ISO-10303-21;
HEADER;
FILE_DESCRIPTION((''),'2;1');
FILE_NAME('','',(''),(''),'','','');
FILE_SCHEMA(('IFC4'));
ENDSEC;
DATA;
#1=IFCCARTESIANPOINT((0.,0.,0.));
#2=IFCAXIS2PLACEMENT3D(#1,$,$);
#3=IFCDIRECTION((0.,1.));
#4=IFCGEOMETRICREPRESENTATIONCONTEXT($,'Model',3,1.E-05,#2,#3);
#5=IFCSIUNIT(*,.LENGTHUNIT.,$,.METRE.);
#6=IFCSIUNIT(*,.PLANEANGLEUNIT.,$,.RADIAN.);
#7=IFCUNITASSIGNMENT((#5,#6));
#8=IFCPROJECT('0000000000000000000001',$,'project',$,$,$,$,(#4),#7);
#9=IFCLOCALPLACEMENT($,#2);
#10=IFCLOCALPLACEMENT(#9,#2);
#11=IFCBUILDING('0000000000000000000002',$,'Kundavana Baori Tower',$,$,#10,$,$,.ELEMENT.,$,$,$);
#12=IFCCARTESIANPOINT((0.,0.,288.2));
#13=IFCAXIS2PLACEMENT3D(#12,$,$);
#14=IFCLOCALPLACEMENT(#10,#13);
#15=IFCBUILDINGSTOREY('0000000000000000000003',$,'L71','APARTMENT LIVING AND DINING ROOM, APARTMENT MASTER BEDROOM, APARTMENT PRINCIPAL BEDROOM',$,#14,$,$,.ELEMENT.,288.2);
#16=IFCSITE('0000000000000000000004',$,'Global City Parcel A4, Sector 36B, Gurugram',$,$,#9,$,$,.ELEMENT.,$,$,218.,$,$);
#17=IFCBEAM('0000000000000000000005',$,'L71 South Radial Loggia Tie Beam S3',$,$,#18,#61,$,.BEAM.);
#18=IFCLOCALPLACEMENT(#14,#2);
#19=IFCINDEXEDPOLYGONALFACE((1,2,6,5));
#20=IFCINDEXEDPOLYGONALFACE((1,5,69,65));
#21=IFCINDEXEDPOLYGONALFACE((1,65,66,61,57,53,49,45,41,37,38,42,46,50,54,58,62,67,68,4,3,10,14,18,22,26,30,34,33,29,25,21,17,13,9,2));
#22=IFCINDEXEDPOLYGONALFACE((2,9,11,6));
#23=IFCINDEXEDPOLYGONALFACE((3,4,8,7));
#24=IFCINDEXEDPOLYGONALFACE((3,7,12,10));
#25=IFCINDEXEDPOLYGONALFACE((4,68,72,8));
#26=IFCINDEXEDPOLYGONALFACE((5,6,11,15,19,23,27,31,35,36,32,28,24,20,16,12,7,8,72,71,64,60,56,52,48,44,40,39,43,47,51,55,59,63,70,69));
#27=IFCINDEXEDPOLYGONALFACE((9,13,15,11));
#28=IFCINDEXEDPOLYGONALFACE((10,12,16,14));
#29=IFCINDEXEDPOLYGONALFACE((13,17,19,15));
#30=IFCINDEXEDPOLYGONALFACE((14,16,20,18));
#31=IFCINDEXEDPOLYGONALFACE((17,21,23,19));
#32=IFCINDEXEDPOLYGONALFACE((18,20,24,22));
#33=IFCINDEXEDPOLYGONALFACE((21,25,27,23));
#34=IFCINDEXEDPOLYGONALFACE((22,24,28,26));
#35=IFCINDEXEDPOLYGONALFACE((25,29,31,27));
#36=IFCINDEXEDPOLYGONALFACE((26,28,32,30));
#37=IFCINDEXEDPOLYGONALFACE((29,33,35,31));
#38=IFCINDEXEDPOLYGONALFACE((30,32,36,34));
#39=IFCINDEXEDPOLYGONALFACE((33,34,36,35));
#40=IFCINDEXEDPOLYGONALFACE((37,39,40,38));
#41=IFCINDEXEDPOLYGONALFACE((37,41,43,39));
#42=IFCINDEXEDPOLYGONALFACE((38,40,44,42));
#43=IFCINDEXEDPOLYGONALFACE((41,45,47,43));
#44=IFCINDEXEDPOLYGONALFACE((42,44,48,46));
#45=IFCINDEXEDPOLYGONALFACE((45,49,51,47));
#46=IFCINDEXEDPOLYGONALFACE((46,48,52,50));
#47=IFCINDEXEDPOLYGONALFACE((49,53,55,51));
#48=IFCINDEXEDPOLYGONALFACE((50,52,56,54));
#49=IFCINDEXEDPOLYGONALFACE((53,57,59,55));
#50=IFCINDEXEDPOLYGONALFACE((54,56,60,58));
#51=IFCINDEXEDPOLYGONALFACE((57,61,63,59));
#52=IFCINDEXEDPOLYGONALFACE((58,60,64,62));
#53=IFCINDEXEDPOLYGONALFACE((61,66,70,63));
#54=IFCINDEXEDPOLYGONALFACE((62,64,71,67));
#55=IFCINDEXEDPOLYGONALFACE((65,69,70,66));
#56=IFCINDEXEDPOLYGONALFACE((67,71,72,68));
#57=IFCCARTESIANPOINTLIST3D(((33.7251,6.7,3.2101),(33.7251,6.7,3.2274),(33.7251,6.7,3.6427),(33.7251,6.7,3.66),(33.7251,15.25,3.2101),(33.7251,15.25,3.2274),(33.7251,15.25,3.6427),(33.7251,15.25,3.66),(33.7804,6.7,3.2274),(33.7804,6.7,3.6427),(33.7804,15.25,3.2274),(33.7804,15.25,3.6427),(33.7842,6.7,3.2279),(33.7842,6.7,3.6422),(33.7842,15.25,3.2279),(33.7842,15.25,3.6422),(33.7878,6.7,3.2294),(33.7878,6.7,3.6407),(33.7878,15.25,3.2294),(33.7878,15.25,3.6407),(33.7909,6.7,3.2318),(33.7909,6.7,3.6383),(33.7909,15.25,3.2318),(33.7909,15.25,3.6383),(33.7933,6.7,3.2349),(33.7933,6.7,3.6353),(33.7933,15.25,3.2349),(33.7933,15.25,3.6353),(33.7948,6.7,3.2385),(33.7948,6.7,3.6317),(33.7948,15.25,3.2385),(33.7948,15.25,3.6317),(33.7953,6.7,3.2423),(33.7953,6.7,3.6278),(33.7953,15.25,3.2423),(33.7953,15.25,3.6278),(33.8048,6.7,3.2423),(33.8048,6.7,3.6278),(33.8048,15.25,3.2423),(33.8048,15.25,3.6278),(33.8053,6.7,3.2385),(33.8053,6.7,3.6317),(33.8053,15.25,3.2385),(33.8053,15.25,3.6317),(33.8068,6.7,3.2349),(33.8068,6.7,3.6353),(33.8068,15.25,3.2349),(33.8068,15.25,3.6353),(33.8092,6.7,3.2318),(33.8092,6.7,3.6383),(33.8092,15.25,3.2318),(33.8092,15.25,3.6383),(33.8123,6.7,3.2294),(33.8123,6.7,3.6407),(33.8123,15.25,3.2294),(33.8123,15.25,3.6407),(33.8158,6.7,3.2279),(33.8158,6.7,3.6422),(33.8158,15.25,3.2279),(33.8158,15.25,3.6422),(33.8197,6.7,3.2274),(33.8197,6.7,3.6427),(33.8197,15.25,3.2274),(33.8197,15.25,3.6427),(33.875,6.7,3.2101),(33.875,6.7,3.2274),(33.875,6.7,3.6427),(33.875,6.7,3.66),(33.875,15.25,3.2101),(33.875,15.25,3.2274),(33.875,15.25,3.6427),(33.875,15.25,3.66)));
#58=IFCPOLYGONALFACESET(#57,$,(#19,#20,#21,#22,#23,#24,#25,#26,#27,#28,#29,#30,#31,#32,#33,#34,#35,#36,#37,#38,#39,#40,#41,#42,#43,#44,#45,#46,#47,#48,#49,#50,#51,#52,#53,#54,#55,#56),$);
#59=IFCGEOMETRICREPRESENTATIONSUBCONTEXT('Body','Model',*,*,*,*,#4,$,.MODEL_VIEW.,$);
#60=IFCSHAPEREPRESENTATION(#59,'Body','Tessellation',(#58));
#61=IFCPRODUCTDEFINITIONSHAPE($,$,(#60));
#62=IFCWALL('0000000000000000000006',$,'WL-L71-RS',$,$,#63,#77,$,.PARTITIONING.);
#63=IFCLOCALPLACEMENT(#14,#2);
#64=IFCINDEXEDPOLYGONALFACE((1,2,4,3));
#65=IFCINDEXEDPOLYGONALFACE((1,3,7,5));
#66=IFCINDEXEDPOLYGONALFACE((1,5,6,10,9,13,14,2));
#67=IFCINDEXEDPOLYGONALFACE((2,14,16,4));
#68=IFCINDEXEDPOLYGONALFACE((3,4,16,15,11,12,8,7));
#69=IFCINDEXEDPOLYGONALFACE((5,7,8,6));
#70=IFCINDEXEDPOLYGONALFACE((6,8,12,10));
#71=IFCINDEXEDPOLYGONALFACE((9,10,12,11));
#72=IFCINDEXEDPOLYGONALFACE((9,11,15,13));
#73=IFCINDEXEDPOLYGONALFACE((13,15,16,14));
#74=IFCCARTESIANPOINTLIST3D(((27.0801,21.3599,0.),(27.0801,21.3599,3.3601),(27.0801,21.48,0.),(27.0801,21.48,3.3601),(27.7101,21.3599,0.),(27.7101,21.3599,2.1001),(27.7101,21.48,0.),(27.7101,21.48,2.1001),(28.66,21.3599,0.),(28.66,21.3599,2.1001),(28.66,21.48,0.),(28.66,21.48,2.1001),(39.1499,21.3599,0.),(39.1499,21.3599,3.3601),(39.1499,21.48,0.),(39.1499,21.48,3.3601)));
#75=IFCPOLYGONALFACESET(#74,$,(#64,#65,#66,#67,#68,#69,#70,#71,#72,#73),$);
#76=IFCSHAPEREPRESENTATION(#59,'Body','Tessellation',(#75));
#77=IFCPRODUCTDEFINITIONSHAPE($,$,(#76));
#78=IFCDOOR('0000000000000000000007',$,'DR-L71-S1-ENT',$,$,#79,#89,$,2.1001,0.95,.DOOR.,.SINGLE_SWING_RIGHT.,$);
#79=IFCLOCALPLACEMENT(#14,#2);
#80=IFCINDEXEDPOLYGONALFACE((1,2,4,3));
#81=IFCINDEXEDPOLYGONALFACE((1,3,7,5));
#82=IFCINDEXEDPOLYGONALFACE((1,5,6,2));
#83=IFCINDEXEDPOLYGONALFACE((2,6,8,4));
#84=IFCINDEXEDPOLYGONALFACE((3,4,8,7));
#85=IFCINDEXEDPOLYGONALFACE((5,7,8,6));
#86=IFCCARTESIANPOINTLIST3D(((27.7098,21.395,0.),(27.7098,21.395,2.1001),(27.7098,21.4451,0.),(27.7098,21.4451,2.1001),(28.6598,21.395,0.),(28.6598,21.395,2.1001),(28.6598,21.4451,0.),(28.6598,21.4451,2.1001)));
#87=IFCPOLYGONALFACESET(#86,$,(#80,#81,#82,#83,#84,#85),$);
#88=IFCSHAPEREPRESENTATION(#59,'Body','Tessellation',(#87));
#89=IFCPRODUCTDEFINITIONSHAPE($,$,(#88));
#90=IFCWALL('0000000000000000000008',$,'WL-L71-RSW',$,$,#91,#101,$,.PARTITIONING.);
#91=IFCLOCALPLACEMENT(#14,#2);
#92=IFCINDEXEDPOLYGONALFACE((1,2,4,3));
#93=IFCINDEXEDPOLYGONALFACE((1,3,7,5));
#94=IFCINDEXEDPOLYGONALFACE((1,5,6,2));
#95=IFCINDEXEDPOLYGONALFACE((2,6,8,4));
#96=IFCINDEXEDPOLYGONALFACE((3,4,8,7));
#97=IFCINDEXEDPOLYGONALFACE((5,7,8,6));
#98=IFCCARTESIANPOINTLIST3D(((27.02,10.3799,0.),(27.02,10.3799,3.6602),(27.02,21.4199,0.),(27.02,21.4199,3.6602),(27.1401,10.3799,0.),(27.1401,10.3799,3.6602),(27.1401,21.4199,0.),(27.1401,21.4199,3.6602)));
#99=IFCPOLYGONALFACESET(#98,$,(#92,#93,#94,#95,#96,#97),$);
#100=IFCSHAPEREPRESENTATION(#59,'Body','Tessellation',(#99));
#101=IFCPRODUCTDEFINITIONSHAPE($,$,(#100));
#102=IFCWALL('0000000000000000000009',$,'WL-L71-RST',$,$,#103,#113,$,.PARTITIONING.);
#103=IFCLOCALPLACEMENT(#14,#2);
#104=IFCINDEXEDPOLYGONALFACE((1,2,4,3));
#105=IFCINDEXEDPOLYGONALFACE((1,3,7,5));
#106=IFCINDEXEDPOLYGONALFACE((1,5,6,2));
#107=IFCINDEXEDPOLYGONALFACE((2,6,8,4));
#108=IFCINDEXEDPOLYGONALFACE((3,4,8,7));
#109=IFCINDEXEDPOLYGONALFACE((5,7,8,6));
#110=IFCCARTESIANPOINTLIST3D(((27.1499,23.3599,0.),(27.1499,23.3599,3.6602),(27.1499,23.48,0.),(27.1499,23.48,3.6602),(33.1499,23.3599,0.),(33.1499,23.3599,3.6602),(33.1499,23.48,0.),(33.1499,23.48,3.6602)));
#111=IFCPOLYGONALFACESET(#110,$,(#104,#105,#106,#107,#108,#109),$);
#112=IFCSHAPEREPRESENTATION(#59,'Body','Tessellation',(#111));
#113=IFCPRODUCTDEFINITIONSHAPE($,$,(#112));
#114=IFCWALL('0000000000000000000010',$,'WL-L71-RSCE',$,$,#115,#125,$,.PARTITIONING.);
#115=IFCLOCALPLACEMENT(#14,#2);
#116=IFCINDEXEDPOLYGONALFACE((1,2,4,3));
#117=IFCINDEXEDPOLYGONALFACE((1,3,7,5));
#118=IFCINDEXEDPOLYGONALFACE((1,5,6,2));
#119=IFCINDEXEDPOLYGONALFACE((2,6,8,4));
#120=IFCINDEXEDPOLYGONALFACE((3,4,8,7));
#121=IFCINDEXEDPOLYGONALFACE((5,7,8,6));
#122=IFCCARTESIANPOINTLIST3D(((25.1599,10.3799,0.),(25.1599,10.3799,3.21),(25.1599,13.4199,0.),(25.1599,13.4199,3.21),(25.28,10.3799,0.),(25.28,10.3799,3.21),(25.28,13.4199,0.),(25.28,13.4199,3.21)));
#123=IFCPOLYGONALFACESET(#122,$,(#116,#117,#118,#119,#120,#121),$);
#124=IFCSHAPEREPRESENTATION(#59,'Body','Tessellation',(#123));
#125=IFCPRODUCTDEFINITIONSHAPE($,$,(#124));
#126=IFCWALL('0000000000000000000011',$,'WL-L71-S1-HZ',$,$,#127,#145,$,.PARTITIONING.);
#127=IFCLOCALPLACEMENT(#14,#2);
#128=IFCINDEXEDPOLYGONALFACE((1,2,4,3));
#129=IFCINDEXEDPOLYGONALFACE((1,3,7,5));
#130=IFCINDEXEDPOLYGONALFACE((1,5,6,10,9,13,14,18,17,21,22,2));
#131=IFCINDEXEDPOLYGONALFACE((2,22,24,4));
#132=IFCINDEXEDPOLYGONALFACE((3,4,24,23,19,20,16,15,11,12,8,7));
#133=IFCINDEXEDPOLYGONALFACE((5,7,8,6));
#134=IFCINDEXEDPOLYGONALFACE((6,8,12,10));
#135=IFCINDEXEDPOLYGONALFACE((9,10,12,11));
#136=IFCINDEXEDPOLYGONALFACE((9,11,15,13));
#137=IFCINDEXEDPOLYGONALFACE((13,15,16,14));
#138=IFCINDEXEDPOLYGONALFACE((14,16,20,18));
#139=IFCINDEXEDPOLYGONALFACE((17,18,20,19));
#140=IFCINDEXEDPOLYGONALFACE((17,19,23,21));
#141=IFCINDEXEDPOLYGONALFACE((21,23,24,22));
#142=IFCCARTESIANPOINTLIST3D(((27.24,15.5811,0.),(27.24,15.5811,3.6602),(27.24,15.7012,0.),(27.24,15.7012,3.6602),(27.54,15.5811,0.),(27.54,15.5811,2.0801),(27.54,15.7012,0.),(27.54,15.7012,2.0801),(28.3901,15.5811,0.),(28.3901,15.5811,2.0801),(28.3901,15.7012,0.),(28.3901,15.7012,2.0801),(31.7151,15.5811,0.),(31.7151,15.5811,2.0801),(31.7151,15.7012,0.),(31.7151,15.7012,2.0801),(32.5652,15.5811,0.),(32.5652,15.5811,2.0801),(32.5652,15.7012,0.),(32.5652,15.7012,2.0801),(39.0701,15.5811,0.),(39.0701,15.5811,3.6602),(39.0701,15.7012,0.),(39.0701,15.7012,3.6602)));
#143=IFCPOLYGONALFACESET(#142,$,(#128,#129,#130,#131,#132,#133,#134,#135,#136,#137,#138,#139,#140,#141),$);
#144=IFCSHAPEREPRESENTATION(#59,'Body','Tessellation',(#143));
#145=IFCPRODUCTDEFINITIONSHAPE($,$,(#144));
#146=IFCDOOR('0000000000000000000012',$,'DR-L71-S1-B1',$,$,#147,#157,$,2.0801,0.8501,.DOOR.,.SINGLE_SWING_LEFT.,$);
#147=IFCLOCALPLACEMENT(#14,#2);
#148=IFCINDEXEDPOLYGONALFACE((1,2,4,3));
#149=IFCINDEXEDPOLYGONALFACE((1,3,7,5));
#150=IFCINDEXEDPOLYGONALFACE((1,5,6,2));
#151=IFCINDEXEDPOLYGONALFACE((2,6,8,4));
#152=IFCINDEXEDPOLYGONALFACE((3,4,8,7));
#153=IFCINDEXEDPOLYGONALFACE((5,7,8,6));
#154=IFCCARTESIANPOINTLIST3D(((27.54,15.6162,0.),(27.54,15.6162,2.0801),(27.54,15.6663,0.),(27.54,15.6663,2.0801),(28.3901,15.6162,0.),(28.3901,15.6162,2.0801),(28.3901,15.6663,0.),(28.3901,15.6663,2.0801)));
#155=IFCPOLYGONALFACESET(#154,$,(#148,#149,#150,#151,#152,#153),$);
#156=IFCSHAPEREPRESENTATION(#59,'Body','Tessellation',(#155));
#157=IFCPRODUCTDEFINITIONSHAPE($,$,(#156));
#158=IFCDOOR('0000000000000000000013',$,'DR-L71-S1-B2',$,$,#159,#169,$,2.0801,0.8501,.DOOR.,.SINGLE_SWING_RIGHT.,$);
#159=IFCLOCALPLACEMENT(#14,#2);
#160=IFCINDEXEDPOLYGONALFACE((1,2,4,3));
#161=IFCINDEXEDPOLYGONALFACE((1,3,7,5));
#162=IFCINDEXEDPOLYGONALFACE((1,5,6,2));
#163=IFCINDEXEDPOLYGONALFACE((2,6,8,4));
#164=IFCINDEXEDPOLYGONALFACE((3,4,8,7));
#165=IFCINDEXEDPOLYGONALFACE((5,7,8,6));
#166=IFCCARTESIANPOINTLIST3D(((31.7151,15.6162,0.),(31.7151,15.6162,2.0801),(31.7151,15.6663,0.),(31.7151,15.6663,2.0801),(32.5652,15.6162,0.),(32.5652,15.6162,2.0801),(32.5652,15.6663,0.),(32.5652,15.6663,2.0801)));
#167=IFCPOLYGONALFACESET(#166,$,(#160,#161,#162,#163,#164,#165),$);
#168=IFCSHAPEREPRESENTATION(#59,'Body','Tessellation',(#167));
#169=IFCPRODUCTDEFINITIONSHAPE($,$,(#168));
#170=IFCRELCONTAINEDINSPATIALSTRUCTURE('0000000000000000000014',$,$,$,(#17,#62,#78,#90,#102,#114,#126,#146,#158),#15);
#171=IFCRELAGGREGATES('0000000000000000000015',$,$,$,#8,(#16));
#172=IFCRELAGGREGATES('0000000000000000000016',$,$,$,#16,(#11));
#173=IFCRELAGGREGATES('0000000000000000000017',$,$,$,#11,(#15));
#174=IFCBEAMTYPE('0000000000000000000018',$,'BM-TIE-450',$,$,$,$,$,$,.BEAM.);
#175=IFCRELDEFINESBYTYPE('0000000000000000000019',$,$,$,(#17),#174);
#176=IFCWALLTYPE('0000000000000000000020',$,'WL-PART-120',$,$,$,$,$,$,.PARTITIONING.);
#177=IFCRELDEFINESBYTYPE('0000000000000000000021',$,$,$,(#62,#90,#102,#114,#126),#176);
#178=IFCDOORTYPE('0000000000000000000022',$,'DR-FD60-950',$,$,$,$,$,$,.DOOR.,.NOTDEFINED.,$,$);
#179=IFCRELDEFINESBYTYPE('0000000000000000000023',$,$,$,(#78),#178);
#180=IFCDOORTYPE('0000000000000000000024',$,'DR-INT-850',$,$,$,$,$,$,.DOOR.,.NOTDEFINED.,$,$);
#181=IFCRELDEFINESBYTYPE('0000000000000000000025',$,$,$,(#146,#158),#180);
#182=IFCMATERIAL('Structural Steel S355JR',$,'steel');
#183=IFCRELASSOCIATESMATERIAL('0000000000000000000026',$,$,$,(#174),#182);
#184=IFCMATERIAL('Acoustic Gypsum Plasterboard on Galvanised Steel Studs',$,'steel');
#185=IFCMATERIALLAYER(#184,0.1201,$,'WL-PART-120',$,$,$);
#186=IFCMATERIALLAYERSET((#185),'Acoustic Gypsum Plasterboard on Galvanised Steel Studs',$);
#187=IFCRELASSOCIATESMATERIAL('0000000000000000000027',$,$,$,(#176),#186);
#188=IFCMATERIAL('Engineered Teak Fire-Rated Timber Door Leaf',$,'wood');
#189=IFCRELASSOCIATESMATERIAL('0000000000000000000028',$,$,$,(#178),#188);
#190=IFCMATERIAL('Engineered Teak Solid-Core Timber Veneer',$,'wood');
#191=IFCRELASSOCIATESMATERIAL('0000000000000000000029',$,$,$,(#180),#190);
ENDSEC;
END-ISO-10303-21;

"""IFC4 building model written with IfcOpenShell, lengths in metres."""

from ifc_helpers import new_model, si_unit, direction, frame, frame_2d, origin, origin_2d, place, context, subcontext, project, spatial, rectangle, i_section, extrude, material, layer, layer_set, material_profile, profile_set, type_object, element, fill, save


model = new_model("IFC4")

# Units and contexts
model_context = context("Model", 3, precision=1e-05, world=origin(), true_north=direction((0.0, 1.0)))
body_context = subcontext(model_context, "Body", "Model", "MODEL_VIEW")
ifc_project = project(units=[si_unit("LENGTHUNIT", "METRE"), si_unit("PLANEANGLEUNIT", "RADIAN")], contexts=[model_context])

# Site, building, storey
site_placement = place(None, origin())
site = spatial("IfcSite", under=ifc_project, at=site_placement, Name="Global City Parcel A4, Sector 36B, Gurugram", CompositionType="ELEMENT", RefElevation=218.0)
building_placement = place(site_placement, origin())
building = spatial("IfcBuilding", under=site, at=building_placement, Name="Kundavana Baori Tower", CompositionType="ELEMENT")
storey_placement = place(building_placement, frame((0.0, 0.0, 288.2)))
storey = spatial("IfcBuildingStorey", under=building, at=storey_placement, Name="L71", Description="APARTMENT LIVING AND DINING ROOM, APARTMENT MASTER BEDROOM, APARTMENT PRINCIPAL BEDROOM", CompositionType="ELEMENT", Elevation=288.2)

# Beam
ifc_material_1 = material(Name="Structural Steel S355JR", Category="steel")
ifc_material_profile_1 = material_profile(ifc_material_1, i_section(OverallWidth=0.1499, OverallDepth=0.45, WebThickness=0.0095, FlangeThickness=0.0173, FilletRadius=0.0149, at=origin_2d()), Name="ISMB 450")
ifc_profile_set_1 = profile_set([ifc_material_profile_1], Name="Structural Steel S355JR")
beam_type_1 = type_object("IfcBeamType", Name="BM-TIE-450", PredefinedType="BEAM", material=ifc_profile_set_1)
beam_1_placement = place(storey_placement, frame((33.8, 15.25, 3.4351), z_axis=(0.0, -1.0, 0.0), x_axis=(1.0, 0.0, 0.0)))
element("IfcBeam", 1, at=beam_1_placement, inside=storey, type_object=beam_type_1, Name="L71 South Radial Loggia Tie Beam S3", PredefinedType="BEAM", context=body_context, shape_type="SweptSolid", body=[
    extrude(i_section(OverallWidth=0.1499, OverallDepth=0.45, WebThickness=0.0095, FlangeThickness=0.0173, FilletRadius=0.0149, at=origin_2d()), origin(), (0.0, 0.0, 1.0), 8.55),
])

# Wall, opening, door
ifc_material_2 = material(Name="Acoustic Gypsum Plasterboard on Galvanised Steel Studs", Category="steel")
ifc_layer = layer(ifc_material_2, 0.1201, Name="WL-PART-120")
ifc_layer_set = layer_set([ifc_layer], Name="Acoustic Gypsum Plasterboard on Galvanised Steel Studs")
wall_type = type_object("IfcWallType", Name="WL-PART-120", PredefinedType="PARTITIONING", material=ifc_layer_set)
wall_1_placement = place(storey_placement, frame((27.0801, 21.4199, 0.0), z_axis=(0.0, 0.0, 1.0), x_axis=(1.0, 0.0, 0.0)))
wall_1 = element("IfcWall", 2, at=wall_1_placement, inside=storey, type_object=wall_type, Name="WL-L71-RS", PredefinedType="PARTITIONING", context=body_context, shape_type="SweptSolid", body=[
    extrude(rectangle(XDim=12.0698, YDim=0.1201, at=frame_2d((6.0349, 0.0))), origin(), (0.0, 0.0, 1.0), 3.3601),
])
opening_1_placement = place(wall_1_placement, frame((0.6299, 0.0, 0.0)))
opening_1 = element("IfcOpeningElement", 3, at=opening_1_placement, cuts=wall_1, PredefinedType="OPENING", context=body_context, shape_type="SweptSolid", body=[
    extrude(rectangle(XDim=0.95, YDim=2.1001, at=frame_2d((0.4751, 1.05))), frame((0.0, 0.0701, 0.0), z_axis=(0.0, -1.0, 0.0), x_axis=(1.0, 0.0, 0.0)), (0.0, 0.0, 1.0), 0.1401),
])
ifc_material_3 = material(Name="Engineered Teak Fire-Rated Timber Door Leaf", Category="wood")
door_type_1 = type_object("IfcDoorType", Name="DR-FD60-950", OperationType="NOTDEFINED", PredefinedType="DOOR", material=ifc_material_3)
door_1_placement = place(opening_1_placement, frame((0.95, 0.0, 0.0), z_axis=(0.0, 0.0, 1.0), x_axis=(-1.0, 0.0, 0.0)))
door_1 = element("IfcDoor", 4, at=door_1_placement, inside=storey, type_object=door_type_1, Name="DR-L71-S1-ENT", OperationType="SINGLE_SWING_RIGHT", OverallHeight=2.1001, OverallWidth=0.95, PredefinedType="DOOR", context=body_context, shape_type="SweptSolid", body=[
    extrude(rectangle(XDim=0.95, YDim=2.1001, at=frame_2d((0.4751, 1.05))), frame((0.0, 0.0249, 0.0), z_axis=(0.0, -1.0, 0.0), x_axis=(1.0, 0.0, 0.0)), (0.0, 0.0, 1.0), 0.05),
])
fill(opening_1, door_1)

# Walls
wall_2_placement = place(storey_placement, frame((27.0801, 10.3799, 0.0), z_axis=(0.0, 0.0, 1.0), x_axis=(0.0, 1.0, 0.0)))
element("IfcWall", 5, at=wall_2_placement, inside=storey, type_object=wall_type, Name="WL-L71-RSW", PredefinedType="PARTITIONING", context=body_context, shape_type="SweptSolid", body=[
    extrude(rectangle(XDim=11.04, YDim=0.1201, at=frame_2d((5.52, 0.0))), origin(), (0.0, 0.0, 1.0), 3.6602),
])
wall_3_placement = place(storey_placement, frame((27.1499, 23.4199, 0.0), z_axis=(0.0, 0.0, 1.0), x_axis=(1.0, 0.0, 0.0)))
element("IfcWall", 6, at=wall_3_placement, inside=storey, type_object=wall_type, Name="WL-L71-RST", PredefinedType="PARTITIONING", context=body_context, shape_type="SweptSolid", body=[
    extrude(rectangle(XDim=6.0, YDim=0.1201, at=frame_2d((3.0, 0.0))), origin(), (0.0, 0.0, 1.0), 3.6602),
])
wall_4_placement = place(storey_placement, frame((25.22, 10.3799, 0.0), z_axis=(0.0, 0.0, 1.0), x_axis=(0.0, 1.0, 0.0)))
element("IfcWall", 7, at=wall_4_placement, inside=storey, type_object=wall_type, Name="WL-L71-RSCE", PredefinedType="PARTITIONING", context=body_context, shape_type="SweptSolid", body=[
    extrude(rectangle(XDim=3.04, YDim=0.1201, at=frame_2d((1.52, 0.0))), origin(), (0.0, 0.0, 1.0), 3.21),
])

# Wall, openings, doors
wall_5_placement = place(storey_placement, frame((27.24, 15.6411, 0.0), z_axis=(0.0, 0.0, 1.0), x_axis=(1.0, 0.0, 0.0)))
wall_5 = element("IfcWall", 8, at=wall_5_placement, inside=storey, type_object=wall_type, Name="WL-L71-S1-HZ", PredefinedType="PARTITIONING", context=body_context, shape_type="SweptSolid", body=[
    extrude(rectangle(XDim=11.8301, YDim=0.1201, at=frame_2d((5.915, 0.0))), origin(), (0.0, 0.0, 1.0), 3.6602),
])
opening_2_placement = place(wall_5_placement, frame((0.3, 0.0, 0.0)))
opening_2 = element("IfcOpeningElement", 9, at=opening_2_placement, cuts=wall_5, PredefinedType="OPENING", context=body_context, shape_type="SweptSolid", body=[
    extrude(rectangle(XDim=0.8501, YDim=2.0801, at=frame_2d((0.425, 1.04))), frame((0.0, 0.0701, 0.0), z_axis=(0.0, -1.0, 0.0), x_axis=(1.0, 0.0, 0.0)), (0.0, 0.0, 1.0), 0.1401),
])
opening_3_placement = place(wall_5_placement, frame((4.4751, 0.0, 0.0)))
opening_3 = element("IfcOpeningElement", 10, at=opening_3_placement, cuts=wall_5, PredefinedType="OPENING", context=body_context, shape_type="SweptSolid", body=[
    extrude(rectangle(XDim=0.8501, YDim=2.0801, at=frame_2d((0.425, 1.04))), frame((0.0, 0.0701, 0.0), z_axis=(0.0, -1.0, 0.0), x_axis=(1.0, 0.0, 0.0)), (0.0, 0.0, 1.0), 0.1401),
])
ifc_material_4 = material(Name="Engineered Teak Solid-Core Timber Veneer", Category="wood")
door_type_2 = type_object("IfcDoorType", Name="DR-INT-850", OperationType="NOTDEFINED", PredefinedType="DOOR", material=ifc_material_4)
door_2_placement = place(opening_2_placement, frame((0.8501, 0.0, 0.0), z_axis=(0.0, 0.0, 1.0), x_axis=(-1.0, 0.0, 0.0)))
door_2 = element("IfcDoor", 11, at=door_2_placement, inside=storey, type_object=door_type_2, Name="DR-L71-S1-B1", OperationType="SINGLE_SWING_LEFT", OverallHeight=2.0801, OverallWidth=0.8501, PredefinedType="DOOR", context=body_context, shape_type="SweptSolid", body=[
    extrude(rectangle(XDim=0.8501, YDim=2.0801, at=frame_2d((0.425, 1.04))), frame((0.0, 0.0249, 0.0), z_axis=(0.0, -1.0, 0.0), x_axis=(1.0, 0.0, 0.0)), (0.0, 0.0, 1.0), 0.05),
])
fill(opening_2, door_2)
door_3_placement = place(opening_3_placement, frame((0.8501, 0.0, 0.0), z_axis=(0.0, 0.0, 1.0), x_axis=(-1.0, 0.0, 0.0)))
door_3 = element("IfcDoor", 12, at=door_3_placement, inside=storey, type_object=door_type_2, Name="DR-L71-S1-B2", OperationType="SINGLE_SWING_RIGHT", OverallHeight=2.0801, OverallWidth=0.8501, PredefinedType="DOOR", context=body_context, shape_type="SweptSolid", body=[
    extrude(rectangle(XDim=0.8501, YDim=2.0801, at=frame_2d((0.425, 1.04))), frame((0.0, 0.0249, 0.0), z_axis=(0.0, -1.0, 0.0), x_axis=(1.0, 0.0, 0.0)), (0.0, 0.0, 1.0), 0.05),
])
fill(opening_3, door_3)

save(model, "model.ifc")
